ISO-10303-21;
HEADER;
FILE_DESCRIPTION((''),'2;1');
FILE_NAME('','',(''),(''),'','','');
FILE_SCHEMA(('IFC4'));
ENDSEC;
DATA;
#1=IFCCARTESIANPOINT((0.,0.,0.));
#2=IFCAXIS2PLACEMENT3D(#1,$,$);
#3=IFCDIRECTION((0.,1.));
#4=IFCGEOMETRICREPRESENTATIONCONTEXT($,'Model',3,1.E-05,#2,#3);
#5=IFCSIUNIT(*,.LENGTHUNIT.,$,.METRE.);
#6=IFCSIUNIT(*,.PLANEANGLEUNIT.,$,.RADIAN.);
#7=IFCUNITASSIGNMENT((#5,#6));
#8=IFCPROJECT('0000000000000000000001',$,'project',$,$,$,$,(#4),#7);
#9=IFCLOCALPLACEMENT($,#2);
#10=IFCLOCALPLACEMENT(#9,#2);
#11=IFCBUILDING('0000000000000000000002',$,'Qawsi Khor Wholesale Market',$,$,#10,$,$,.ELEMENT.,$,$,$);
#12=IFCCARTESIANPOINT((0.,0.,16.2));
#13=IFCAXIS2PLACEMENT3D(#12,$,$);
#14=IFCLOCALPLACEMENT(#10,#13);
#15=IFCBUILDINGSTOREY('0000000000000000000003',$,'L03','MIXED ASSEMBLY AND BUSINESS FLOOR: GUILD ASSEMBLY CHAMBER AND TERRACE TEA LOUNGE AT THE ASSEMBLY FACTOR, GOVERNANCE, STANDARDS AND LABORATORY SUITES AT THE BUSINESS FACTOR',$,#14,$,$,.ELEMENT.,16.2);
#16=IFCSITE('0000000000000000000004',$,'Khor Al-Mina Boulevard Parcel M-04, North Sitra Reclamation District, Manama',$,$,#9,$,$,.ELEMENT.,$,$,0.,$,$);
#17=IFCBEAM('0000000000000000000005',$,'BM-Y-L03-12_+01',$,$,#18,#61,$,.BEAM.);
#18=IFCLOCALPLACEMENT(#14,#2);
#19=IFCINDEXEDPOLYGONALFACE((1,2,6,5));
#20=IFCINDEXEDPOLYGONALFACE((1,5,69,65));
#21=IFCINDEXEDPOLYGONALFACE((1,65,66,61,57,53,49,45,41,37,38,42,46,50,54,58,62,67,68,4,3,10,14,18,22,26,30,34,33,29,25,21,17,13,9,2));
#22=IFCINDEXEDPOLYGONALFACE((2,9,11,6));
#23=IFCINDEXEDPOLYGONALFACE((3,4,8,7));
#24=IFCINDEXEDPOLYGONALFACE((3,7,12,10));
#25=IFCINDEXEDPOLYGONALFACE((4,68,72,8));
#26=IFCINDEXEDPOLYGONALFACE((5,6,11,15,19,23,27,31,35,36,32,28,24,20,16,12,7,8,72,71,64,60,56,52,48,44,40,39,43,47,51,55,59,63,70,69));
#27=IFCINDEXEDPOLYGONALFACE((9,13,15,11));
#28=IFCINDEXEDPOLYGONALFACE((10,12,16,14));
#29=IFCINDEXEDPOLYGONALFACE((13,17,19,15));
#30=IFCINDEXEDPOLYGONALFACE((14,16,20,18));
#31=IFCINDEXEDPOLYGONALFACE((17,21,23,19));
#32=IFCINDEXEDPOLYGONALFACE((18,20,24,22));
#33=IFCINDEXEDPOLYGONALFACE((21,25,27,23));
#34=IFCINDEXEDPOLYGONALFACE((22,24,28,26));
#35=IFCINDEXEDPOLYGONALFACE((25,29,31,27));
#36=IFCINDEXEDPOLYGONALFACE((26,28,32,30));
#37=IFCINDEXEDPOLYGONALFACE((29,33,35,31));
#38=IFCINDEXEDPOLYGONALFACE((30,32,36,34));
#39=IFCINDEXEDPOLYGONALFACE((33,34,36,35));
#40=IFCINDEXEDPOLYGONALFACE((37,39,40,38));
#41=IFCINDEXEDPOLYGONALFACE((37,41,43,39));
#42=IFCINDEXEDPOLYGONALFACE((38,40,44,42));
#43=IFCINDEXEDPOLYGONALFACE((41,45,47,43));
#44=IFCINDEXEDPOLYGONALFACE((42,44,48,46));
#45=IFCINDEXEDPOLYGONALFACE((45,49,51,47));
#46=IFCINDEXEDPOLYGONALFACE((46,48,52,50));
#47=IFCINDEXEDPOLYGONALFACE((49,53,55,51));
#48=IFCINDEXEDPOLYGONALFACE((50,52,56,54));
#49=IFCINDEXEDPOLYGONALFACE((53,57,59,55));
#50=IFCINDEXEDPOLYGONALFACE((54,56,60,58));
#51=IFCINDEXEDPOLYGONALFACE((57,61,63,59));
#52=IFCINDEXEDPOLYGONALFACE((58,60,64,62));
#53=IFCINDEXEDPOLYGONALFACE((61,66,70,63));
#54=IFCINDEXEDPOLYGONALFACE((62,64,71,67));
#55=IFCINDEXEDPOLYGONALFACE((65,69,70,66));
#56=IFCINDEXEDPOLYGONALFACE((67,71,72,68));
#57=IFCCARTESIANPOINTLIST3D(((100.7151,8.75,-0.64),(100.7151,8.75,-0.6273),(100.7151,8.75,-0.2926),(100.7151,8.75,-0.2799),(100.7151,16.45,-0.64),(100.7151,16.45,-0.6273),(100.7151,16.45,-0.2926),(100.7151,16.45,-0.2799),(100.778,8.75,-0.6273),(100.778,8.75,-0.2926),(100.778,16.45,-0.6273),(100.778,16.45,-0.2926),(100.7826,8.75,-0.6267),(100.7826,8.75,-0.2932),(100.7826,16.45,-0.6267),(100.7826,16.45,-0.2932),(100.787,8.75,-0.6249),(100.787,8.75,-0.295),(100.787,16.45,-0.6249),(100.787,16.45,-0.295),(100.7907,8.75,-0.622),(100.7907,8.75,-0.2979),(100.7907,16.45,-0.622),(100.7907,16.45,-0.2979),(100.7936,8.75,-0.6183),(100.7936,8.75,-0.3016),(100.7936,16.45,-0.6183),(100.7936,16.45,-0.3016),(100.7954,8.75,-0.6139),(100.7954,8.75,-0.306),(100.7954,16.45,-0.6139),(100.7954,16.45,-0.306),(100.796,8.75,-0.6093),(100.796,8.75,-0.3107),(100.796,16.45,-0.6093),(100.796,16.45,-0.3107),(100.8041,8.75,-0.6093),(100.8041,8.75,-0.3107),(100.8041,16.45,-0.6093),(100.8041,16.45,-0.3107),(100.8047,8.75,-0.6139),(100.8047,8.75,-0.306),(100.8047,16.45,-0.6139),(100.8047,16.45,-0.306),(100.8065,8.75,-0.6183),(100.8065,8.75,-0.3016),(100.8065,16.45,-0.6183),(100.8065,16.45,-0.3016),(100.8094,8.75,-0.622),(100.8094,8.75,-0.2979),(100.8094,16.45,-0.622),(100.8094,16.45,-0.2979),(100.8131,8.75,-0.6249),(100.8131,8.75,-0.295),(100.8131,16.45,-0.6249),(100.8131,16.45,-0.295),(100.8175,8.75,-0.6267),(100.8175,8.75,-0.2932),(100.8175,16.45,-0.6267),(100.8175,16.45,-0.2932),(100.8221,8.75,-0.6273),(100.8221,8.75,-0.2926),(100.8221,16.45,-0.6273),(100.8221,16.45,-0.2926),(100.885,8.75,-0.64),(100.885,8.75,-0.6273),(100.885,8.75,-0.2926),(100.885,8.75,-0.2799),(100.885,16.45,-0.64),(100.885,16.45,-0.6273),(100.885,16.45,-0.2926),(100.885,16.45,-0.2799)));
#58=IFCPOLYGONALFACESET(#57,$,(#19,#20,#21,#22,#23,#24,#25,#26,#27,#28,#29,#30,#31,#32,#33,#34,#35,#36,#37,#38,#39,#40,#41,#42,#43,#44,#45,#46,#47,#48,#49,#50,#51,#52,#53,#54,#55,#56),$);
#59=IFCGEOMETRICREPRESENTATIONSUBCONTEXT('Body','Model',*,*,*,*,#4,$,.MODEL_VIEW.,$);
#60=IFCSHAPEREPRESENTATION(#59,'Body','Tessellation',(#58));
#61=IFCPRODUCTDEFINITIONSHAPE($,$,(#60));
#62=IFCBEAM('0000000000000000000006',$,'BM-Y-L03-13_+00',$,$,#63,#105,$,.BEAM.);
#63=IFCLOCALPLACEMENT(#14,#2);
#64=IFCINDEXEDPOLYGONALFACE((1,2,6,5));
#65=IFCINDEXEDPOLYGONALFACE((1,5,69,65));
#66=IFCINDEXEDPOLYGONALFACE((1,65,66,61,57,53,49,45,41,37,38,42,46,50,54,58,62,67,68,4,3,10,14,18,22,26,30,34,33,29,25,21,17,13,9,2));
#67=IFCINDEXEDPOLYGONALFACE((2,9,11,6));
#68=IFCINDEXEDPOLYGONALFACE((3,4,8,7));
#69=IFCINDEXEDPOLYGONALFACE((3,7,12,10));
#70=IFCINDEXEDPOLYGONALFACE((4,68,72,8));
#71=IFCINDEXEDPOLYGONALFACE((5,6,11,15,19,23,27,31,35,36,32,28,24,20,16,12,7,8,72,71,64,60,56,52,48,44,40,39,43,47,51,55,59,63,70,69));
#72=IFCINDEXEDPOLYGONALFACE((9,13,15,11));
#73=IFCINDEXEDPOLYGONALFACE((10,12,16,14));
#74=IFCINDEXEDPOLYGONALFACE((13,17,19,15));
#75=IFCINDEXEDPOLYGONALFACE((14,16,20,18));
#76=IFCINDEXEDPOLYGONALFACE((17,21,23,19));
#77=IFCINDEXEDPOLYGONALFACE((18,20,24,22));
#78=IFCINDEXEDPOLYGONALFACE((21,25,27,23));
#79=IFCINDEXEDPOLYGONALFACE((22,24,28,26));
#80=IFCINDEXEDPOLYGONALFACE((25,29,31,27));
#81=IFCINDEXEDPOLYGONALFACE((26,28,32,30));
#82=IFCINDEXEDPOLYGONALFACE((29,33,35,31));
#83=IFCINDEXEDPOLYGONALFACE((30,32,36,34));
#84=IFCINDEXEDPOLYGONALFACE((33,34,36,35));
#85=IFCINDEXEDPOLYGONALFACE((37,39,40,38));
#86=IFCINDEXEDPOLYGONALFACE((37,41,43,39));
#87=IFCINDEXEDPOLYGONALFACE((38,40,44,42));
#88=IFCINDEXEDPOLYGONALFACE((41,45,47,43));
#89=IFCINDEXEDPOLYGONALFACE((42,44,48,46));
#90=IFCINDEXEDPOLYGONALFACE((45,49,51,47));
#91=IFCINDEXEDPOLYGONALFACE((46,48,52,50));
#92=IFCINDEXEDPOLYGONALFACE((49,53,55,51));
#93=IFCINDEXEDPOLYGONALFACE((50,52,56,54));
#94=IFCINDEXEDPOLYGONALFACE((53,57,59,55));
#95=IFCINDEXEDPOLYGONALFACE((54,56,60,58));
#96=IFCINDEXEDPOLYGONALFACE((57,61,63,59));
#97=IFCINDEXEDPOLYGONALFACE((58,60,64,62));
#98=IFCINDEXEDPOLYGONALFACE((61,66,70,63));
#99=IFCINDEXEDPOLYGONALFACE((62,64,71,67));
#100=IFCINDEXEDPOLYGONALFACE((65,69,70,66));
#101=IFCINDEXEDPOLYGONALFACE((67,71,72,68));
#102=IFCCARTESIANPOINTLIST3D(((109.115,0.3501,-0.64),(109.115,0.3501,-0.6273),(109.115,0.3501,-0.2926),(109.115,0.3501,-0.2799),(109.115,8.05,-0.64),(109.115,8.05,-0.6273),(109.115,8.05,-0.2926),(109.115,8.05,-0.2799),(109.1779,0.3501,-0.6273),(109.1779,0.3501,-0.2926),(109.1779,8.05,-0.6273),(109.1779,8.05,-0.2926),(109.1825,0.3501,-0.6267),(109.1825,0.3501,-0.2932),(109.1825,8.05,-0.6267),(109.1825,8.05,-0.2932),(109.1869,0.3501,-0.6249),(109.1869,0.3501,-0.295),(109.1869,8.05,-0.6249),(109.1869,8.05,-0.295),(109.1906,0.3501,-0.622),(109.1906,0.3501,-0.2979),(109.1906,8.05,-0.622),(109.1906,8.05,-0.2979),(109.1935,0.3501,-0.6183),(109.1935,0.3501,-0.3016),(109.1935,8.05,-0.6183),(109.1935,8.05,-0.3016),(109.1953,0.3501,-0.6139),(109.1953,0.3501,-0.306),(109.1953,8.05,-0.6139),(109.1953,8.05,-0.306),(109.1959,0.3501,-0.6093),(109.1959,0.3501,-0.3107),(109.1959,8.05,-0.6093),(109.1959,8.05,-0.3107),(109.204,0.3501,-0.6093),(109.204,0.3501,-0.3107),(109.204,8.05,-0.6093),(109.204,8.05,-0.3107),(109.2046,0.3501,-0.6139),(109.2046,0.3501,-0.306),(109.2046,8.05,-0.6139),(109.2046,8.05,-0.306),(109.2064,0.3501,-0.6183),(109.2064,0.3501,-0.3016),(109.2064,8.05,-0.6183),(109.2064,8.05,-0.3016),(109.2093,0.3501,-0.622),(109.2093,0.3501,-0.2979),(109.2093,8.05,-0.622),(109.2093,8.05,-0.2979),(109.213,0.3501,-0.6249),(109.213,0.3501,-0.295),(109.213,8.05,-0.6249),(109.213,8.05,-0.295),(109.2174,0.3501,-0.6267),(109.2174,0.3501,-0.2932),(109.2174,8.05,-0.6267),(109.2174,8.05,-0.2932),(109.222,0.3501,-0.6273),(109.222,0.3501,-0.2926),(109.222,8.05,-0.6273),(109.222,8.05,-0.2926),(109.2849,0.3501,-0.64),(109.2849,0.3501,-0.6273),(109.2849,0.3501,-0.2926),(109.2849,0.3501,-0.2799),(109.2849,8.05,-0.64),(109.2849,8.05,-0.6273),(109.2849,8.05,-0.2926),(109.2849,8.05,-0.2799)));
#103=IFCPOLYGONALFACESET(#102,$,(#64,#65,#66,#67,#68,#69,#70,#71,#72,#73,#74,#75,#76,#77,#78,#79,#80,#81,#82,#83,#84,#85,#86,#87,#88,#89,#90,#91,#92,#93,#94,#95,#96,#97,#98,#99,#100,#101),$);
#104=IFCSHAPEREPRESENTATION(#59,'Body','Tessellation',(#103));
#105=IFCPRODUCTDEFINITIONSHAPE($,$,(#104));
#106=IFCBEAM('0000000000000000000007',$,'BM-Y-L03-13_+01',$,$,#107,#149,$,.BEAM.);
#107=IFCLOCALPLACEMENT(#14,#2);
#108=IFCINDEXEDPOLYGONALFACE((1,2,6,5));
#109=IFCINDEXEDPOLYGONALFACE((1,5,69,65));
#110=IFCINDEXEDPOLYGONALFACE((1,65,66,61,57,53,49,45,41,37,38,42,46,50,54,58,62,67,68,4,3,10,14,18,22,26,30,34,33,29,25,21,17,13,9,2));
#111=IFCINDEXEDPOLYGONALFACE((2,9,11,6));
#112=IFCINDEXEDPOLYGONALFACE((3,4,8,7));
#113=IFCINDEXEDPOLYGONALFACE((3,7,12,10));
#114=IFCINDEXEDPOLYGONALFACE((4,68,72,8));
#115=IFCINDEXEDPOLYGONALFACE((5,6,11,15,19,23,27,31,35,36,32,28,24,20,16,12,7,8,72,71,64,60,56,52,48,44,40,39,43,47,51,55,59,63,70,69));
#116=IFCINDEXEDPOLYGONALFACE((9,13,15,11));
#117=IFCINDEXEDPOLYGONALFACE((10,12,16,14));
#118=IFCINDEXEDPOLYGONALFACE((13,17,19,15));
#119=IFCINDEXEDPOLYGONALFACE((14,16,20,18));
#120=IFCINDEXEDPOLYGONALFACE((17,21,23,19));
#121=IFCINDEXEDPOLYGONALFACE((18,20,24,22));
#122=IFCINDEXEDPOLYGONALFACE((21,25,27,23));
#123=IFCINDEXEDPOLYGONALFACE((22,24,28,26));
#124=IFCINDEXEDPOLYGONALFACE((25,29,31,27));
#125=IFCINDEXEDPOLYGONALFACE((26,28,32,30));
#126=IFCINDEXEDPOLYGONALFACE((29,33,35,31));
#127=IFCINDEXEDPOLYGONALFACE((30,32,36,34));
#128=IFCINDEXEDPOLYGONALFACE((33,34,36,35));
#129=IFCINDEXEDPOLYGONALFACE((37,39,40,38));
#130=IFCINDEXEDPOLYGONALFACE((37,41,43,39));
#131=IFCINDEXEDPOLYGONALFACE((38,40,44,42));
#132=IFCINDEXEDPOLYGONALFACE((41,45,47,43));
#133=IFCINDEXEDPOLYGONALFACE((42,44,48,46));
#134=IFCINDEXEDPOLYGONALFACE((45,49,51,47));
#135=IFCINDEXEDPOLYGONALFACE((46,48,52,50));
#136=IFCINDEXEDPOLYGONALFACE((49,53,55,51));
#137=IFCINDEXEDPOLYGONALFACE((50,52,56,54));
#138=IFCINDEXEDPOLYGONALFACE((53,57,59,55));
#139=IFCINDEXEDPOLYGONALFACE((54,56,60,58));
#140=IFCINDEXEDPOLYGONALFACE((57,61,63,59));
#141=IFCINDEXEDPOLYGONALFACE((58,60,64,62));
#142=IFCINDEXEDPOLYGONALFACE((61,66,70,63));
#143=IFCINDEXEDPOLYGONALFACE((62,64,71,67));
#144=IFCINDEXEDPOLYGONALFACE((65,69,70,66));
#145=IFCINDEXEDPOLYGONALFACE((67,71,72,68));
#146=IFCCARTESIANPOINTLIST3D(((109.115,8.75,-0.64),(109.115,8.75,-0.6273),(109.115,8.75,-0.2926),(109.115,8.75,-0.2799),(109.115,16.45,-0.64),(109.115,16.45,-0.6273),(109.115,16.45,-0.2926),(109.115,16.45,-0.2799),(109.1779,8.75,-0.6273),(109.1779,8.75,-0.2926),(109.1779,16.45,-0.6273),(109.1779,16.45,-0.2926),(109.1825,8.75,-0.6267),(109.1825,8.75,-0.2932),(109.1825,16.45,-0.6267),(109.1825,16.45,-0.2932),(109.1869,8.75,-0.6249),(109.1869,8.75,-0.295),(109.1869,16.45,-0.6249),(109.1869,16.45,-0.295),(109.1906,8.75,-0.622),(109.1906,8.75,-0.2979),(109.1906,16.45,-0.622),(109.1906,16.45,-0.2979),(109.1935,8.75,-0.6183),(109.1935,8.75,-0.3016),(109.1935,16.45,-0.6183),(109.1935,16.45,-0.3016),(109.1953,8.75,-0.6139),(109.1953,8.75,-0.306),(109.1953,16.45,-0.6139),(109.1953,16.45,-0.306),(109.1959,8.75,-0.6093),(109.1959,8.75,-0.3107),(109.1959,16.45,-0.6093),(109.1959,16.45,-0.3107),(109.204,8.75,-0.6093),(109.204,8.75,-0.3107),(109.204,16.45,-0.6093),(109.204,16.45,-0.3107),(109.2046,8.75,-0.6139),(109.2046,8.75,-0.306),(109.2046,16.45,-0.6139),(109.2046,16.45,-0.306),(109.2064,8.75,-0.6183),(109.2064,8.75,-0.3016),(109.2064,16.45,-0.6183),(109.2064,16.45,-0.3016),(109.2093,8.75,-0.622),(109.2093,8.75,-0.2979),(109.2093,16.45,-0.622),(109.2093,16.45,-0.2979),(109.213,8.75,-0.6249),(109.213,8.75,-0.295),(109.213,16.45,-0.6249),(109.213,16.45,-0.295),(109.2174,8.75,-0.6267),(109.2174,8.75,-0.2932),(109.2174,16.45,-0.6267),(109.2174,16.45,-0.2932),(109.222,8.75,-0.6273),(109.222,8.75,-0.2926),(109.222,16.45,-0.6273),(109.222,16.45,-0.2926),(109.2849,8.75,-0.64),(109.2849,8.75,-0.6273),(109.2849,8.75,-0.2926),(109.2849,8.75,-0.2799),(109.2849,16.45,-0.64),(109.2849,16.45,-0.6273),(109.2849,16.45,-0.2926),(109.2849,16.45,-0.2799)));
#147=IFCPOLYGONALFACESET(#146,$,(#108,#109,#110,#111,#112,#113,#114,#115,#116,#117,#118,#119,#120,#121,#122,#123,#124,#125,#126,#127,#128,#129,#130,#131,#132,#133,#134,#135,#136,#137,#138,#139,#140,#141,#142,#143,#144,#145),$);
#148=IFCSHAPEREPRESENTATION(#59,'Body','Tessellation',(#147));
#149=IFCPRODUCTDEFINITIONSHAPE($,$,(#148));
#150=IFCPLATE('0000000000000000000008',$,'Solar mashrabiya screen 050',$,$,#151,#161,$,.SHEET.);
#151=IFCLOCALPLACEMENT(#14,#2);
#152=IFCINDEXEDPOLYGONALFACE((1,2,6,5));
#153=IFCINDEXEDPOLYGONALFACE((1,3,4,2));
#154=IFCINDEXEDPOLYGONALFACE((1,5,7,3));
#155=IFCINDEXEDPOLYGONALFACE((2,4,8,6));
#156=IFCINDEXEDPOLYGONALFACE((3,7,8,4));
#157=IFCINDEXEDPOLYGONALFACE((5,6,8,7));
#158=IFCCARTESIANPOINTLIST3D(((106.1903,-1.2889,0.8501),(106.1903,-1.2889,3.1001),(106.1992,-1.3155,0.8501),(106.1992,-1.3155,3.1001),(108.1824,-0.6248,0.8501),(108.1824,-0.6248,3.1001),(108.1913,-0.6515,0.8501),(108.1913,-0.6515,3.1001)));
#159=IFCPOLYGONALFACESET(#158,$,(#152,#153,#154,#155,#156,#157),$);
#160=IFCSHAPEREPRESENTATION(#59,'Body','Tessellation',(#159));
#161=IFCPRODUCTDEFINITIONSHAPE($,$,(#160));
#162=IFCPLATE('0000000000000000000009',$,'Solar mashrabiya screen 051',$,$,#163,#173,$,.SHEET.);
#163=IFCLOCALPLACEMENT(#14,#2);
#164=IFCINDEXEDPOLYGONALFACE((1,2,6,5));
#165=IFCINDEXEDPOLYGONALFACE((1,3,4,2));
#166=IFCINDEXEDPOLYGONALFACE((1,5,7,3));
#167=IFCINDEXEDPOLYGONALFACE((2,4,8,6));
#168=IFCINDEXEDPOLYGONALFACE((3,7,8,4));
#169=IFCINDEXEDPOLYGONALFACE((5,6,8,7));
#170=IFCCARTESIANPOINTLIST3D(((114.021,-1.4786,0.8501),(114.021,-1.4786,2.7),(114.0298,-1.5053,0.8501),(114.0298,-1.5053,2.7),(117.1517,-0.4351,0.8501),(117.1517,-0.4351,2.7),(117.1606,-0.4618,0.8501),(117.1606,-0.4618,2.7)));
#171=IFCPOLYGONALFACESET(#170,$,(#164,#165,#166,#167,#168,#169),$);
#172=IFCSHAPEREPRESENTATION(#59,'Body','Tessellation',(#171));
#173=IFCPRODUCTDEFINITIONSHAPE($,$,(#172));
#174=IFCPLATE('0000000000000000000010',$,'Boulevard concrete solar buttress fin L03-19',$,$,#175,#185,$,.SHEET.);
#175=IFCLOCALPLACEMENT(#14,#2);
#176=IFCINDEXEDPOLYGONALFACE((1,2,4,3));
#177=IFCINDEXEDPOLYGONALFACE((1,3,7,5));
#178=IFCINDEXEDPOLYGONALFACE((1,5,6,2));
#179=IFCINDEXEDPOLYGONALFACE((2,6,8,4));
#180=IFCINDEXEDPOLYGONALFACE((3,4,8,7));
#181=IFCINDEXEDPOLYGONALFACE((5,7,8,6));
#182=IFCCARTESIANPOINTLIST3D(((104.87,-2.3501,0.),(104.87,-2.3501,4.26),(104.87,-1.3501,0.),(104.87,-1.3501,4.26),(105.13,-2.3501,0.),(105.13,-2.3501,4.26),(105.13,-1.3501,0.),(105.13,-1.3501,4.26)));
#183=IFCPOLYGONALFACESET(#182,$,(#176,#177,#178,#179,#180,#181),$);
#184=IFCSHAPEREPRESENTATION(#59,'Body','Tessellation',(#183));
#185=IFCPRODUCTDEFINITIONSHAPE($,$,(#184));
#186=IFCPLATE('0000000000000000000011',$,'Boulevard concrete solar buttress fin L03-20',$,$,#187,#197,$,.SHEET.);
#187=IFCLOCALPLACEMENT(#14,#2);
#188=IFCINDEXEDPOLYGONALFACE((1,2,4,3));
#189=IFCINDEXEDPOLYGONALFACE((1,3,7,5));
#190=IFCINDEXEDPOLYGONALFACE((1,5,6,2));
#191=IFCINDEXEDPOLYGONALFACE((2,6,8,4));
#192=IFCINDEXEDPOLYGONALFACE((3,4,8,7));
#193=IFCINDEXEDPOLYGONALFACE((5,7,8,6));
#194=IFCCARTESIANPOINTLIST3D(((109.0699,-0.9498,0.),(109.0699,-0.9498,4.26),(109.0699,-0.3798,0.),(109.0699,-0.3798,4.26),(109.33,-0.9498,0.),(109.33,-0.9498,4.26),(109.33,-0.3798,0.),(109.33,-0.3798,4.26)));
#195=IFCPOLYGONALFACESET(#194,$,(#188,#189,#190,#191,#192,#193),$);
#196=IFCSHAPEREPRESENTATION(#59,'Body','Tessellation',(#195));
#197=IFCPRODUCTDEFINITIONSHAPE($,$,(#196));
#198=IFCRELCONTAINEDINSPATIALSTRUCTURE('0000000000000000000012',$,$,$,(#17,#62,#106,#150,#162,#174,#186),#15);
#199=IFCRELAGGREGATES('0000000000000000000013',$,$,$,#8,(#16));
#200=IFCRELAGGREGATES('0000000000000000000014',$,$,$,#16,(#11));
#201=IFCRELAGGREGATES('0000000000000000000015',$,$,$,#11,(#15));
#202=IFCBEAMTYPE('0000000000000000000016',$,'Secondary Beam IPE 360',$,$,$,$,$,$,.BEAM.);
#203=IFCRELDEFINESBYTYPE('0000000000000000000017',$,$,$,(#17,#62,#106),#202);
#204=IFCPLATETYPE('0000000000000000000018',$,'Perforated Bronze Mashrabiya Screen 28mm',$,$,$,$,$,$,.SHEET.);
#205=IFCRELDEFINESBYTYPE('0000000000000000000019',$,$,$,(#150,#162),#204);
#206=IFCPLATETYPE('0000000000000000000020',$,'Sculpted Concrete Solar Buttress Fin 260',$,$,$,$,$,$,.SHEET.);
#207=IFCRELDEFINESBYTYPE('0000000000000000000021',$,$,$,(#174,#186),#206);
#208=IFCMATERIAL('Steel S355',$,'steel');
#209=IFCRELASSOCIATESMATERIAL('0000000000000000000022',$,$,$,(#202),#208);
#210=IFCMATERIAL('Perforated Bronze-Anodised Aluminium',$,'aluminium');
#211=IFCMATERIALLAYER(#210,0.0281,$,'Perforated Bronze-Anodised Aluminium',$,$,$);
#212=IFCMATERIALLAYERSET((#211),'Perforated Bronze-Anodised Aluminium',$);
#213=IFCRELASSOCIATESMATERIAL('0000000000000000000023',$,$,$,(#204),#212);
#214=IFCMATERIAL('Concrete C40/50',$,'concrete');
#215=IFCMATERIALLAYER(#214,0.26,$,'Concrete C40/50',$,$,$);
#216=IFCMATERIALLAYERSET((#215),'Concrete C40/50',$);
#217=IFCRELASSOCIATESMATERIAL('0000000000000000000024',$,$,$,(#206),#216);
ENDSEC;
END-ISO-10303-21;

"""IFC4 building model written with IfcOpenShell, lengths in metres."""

from ifc_helpers import new_model, si_unit, direction, frame, frame_2d, origin, origin_2d, place, context, subcontext, project, spatial, rectangle, i_section, extrude, material, layer, layer_set, material_profile, profile_set, type_object, element, save


model = new_model("IFC4")

# Units and contexts
model_context = context("Model", 3, precision=1e-05, world=origin(), true_north=direction((0.0, 1.0)))
body_context = subcontext(model_context, "Body", "Model", "MODEL_VIEW")
ifc_project = project(units=[si_unit("LENGTHUNIT", "METRE"), si_unit("PLANEANGLEUNIT", "RADIAN")], contexts=[model_context])

# Site, building, storey
site_placement = place(None, origin())
site = spatial("IfcSite", under=ifc_project, at=site_placement, Name="Khor Al-Mina Boulevard Parcel M-04, North Sitra Reclamation District, Manama", CompositionType="ELEMENT", RefElevation=0.0)
building_placement = place(site_placement, origin())
building = spatial("IfcBuilding", under=site, at=building_placement, Name="Qawsi Khor Wholesale Market", CompositionType="ELEMENT")
storey_placement = place(building_placement, frame((0.0, 0.0, 16.2)))
storey = spatial("IfcBuildingStorey", under=building, at=storey_placement, Name="L03", Description="MIXED ASSEMBLY AND BUSINESS FLOOR: GUILD ASSEMBLY CHAMBER AND TERRACE TEA LOUNGE AT THE ASSEMBLY FACTOR, GOVERNANCE, STANDARDS AND LABORATORY SUITES AT THE BUSINESS FACTOR", CompositionType="ELEMENT", Elevation=16.2)

# Shared definitions
ifc_material_1 = material(Name="Concrete C40/50", Category="concrete")

# Beams
ifc_material_2 = material(Name="Steel S355", Category="steel")
ifc_material_profile_1 = material_profile(ifc_material_2, i_section(OverallWidth=0.1699, OverallDepth=0.3601, WebThickness=0.0081, FlangeThickness=0.0127, FilletRadius=0.0181, at=origin_2d()), Name="IPE 360")
ifc_profile_set_1 = profile_set([ifc_material_profile_1], Name="Steel S355")
beam_type_1 = type_object("IfcBeamType", Name="Secondary Beam IPE 360", PredefinedType="BEAM", material=ifc_profile_set_1)
for number, where, z_axis, x_axis, name in (
    (1, (100.8, 8.75, -0.46), (0.0, 1.0, 0.0), (-1.0, 0.0, 0.0), "BM-Y-L03-12_+01"),
    (2, (109.2, 0.3501, -0.46), (0.0, 1.0, 0.0), (-1.0, 0.0, 0.0), "BM-Y-L03-13_+00"),
    (3, (109.2, 8.75, -0.46), (0.0, 1.0, 0.0), (-1.0, 0.0, 0.0), "BM-Y-L03-13_+01"),
):
    element("IfcBeam", number, at=place(storey_placement, frame(where, z_axis=z_axis, x_axis=x_axis)), inside=storey, type_object=beam_type_1, Name=name, PredefinedType="BEAM", context=body_context, shape_type="SweptSolid", body=[
        extrude(i_section(OverallWidth=0.1699, OverallDepth=0.3601, WebThickness=0.0081, FlangeThickness=0.0127, FilletRadius=0.0181, at=origin_2d()), origin(), (0.0, 0.0, 1.0), 7.7),
    ])

# Plates
ifc_material_3 = material(Name="Perforated Bronze-Anodised Aluminium", Category="aluminium")
ifc_layer_1 = layer(ifc_material_3, 0.0281, Name="Perforated Bronze-Anodised Aluminium")
ifc_layer_set_1 = layer_set([ifc_layer_1], Name="Perforated Bronze-Anodised Aluminium")
plate_type_1 = type_object("IfcPlateType", Name="Perforated Bronze Mashrabiya Screen 28mm", PredefinedType="SHEET", material=ifc_layer_set_1)
plate_1_placement = place(storey_placement, frame((108.1868, -0.6382, 0.8501), z_axis=(0.0, 0.0, 1.0), x_axis=(-0.948683, -0.316228, 0.0)))
element("IfcPlate", 4, at=plate_1_placement, inside=storey, type_object=plate_type_1, Name="Solar mashrabiya screen 050", PredefinedType="SHEET", context=body_context, shape_type="SweptSolid", body=[
    extrude(rectangle(XDim=2.0999, YDim=0.0281, at=frame_2d((1.0498, 0.0))), origin(), (0.0, 0.0, 1.0), 2.25),
])
plate_2_placement = place(storey_placement, frame((117.156, -0.4485, 0.8501), z_axis=(0.0, 0.0, 1.0), x_axis=(-0.948691, -0.316206, 0.0)))
element("IfcPlate", 5, at=plate_2_placement, inside=storey, type_object=plate_type_1, Name="Solar mashrabiya screen 051", PredefinedType="SHEET", context=body_context, shape_type="SweptSolid", body=[
    extrude(rectangle(XDim=3.3, YDim=0.0281, at=frame_2d((1.6499, 0.0))), origin(), (0.0, 0.0, 1.0), 1.8499),
])
ifc_layer_2 = layer(ifc_material_1, 0.26, Name="Concrete C40/50")
ifc_layer_set_2 = layer_set([ifc_layer_2], Name="Concrete C40/50")
plate_type_2 = type_object("IfcPlateType", Name="Sculpted Concrete Solar Buttress Fin 260", PredefinedType="SHEET", material=ifc_layer_set_2)
plate_3_placement = place(storey_placement, frame((105.0, -2.3501, 0.0), z_axis=(0.0, 0.0, 1.0), x_axis=(0.0, 1.0, 0.0)))
element("IfcPlate", 6, at=plate_3_placement, inside=storey, type_object=plate_type_2, Name="Boulevard concrete solar buttress fin L03-19", PredefinedType="SHEET", context=body_context, shape_type="SweptSolid", body=[
    extrude(rectangle(XDim=1.0, YDim=0.26, at=frame_2d((0.5, 0.0))), origin(), (0.0, 0.0, 1.0), 4.26),
])
plate_4_placement = place(storey_placement, frame((109.2, -0.95, 0.0), z_axis=(0.0, 0.0, 1.0), x_axis=(0.0, 1.0, 0.0)))
element("IfcPlate", 7, at=plate_4_placement, inside=storey, type_object=plate_type_2, Name="Boulevard concrete solar buttress fin L03-20", PredefinedType="SHEET", context=body_context, shape_type="SweptSolid", body=[
    extrude(rectangle(XDim=0.5701, YDim=0.26, at=frame_2d((0.2852, 0.0))), origin(), (0.0, 0.0, 1.0), 4.26),
])

save(model, "model.ifc")
